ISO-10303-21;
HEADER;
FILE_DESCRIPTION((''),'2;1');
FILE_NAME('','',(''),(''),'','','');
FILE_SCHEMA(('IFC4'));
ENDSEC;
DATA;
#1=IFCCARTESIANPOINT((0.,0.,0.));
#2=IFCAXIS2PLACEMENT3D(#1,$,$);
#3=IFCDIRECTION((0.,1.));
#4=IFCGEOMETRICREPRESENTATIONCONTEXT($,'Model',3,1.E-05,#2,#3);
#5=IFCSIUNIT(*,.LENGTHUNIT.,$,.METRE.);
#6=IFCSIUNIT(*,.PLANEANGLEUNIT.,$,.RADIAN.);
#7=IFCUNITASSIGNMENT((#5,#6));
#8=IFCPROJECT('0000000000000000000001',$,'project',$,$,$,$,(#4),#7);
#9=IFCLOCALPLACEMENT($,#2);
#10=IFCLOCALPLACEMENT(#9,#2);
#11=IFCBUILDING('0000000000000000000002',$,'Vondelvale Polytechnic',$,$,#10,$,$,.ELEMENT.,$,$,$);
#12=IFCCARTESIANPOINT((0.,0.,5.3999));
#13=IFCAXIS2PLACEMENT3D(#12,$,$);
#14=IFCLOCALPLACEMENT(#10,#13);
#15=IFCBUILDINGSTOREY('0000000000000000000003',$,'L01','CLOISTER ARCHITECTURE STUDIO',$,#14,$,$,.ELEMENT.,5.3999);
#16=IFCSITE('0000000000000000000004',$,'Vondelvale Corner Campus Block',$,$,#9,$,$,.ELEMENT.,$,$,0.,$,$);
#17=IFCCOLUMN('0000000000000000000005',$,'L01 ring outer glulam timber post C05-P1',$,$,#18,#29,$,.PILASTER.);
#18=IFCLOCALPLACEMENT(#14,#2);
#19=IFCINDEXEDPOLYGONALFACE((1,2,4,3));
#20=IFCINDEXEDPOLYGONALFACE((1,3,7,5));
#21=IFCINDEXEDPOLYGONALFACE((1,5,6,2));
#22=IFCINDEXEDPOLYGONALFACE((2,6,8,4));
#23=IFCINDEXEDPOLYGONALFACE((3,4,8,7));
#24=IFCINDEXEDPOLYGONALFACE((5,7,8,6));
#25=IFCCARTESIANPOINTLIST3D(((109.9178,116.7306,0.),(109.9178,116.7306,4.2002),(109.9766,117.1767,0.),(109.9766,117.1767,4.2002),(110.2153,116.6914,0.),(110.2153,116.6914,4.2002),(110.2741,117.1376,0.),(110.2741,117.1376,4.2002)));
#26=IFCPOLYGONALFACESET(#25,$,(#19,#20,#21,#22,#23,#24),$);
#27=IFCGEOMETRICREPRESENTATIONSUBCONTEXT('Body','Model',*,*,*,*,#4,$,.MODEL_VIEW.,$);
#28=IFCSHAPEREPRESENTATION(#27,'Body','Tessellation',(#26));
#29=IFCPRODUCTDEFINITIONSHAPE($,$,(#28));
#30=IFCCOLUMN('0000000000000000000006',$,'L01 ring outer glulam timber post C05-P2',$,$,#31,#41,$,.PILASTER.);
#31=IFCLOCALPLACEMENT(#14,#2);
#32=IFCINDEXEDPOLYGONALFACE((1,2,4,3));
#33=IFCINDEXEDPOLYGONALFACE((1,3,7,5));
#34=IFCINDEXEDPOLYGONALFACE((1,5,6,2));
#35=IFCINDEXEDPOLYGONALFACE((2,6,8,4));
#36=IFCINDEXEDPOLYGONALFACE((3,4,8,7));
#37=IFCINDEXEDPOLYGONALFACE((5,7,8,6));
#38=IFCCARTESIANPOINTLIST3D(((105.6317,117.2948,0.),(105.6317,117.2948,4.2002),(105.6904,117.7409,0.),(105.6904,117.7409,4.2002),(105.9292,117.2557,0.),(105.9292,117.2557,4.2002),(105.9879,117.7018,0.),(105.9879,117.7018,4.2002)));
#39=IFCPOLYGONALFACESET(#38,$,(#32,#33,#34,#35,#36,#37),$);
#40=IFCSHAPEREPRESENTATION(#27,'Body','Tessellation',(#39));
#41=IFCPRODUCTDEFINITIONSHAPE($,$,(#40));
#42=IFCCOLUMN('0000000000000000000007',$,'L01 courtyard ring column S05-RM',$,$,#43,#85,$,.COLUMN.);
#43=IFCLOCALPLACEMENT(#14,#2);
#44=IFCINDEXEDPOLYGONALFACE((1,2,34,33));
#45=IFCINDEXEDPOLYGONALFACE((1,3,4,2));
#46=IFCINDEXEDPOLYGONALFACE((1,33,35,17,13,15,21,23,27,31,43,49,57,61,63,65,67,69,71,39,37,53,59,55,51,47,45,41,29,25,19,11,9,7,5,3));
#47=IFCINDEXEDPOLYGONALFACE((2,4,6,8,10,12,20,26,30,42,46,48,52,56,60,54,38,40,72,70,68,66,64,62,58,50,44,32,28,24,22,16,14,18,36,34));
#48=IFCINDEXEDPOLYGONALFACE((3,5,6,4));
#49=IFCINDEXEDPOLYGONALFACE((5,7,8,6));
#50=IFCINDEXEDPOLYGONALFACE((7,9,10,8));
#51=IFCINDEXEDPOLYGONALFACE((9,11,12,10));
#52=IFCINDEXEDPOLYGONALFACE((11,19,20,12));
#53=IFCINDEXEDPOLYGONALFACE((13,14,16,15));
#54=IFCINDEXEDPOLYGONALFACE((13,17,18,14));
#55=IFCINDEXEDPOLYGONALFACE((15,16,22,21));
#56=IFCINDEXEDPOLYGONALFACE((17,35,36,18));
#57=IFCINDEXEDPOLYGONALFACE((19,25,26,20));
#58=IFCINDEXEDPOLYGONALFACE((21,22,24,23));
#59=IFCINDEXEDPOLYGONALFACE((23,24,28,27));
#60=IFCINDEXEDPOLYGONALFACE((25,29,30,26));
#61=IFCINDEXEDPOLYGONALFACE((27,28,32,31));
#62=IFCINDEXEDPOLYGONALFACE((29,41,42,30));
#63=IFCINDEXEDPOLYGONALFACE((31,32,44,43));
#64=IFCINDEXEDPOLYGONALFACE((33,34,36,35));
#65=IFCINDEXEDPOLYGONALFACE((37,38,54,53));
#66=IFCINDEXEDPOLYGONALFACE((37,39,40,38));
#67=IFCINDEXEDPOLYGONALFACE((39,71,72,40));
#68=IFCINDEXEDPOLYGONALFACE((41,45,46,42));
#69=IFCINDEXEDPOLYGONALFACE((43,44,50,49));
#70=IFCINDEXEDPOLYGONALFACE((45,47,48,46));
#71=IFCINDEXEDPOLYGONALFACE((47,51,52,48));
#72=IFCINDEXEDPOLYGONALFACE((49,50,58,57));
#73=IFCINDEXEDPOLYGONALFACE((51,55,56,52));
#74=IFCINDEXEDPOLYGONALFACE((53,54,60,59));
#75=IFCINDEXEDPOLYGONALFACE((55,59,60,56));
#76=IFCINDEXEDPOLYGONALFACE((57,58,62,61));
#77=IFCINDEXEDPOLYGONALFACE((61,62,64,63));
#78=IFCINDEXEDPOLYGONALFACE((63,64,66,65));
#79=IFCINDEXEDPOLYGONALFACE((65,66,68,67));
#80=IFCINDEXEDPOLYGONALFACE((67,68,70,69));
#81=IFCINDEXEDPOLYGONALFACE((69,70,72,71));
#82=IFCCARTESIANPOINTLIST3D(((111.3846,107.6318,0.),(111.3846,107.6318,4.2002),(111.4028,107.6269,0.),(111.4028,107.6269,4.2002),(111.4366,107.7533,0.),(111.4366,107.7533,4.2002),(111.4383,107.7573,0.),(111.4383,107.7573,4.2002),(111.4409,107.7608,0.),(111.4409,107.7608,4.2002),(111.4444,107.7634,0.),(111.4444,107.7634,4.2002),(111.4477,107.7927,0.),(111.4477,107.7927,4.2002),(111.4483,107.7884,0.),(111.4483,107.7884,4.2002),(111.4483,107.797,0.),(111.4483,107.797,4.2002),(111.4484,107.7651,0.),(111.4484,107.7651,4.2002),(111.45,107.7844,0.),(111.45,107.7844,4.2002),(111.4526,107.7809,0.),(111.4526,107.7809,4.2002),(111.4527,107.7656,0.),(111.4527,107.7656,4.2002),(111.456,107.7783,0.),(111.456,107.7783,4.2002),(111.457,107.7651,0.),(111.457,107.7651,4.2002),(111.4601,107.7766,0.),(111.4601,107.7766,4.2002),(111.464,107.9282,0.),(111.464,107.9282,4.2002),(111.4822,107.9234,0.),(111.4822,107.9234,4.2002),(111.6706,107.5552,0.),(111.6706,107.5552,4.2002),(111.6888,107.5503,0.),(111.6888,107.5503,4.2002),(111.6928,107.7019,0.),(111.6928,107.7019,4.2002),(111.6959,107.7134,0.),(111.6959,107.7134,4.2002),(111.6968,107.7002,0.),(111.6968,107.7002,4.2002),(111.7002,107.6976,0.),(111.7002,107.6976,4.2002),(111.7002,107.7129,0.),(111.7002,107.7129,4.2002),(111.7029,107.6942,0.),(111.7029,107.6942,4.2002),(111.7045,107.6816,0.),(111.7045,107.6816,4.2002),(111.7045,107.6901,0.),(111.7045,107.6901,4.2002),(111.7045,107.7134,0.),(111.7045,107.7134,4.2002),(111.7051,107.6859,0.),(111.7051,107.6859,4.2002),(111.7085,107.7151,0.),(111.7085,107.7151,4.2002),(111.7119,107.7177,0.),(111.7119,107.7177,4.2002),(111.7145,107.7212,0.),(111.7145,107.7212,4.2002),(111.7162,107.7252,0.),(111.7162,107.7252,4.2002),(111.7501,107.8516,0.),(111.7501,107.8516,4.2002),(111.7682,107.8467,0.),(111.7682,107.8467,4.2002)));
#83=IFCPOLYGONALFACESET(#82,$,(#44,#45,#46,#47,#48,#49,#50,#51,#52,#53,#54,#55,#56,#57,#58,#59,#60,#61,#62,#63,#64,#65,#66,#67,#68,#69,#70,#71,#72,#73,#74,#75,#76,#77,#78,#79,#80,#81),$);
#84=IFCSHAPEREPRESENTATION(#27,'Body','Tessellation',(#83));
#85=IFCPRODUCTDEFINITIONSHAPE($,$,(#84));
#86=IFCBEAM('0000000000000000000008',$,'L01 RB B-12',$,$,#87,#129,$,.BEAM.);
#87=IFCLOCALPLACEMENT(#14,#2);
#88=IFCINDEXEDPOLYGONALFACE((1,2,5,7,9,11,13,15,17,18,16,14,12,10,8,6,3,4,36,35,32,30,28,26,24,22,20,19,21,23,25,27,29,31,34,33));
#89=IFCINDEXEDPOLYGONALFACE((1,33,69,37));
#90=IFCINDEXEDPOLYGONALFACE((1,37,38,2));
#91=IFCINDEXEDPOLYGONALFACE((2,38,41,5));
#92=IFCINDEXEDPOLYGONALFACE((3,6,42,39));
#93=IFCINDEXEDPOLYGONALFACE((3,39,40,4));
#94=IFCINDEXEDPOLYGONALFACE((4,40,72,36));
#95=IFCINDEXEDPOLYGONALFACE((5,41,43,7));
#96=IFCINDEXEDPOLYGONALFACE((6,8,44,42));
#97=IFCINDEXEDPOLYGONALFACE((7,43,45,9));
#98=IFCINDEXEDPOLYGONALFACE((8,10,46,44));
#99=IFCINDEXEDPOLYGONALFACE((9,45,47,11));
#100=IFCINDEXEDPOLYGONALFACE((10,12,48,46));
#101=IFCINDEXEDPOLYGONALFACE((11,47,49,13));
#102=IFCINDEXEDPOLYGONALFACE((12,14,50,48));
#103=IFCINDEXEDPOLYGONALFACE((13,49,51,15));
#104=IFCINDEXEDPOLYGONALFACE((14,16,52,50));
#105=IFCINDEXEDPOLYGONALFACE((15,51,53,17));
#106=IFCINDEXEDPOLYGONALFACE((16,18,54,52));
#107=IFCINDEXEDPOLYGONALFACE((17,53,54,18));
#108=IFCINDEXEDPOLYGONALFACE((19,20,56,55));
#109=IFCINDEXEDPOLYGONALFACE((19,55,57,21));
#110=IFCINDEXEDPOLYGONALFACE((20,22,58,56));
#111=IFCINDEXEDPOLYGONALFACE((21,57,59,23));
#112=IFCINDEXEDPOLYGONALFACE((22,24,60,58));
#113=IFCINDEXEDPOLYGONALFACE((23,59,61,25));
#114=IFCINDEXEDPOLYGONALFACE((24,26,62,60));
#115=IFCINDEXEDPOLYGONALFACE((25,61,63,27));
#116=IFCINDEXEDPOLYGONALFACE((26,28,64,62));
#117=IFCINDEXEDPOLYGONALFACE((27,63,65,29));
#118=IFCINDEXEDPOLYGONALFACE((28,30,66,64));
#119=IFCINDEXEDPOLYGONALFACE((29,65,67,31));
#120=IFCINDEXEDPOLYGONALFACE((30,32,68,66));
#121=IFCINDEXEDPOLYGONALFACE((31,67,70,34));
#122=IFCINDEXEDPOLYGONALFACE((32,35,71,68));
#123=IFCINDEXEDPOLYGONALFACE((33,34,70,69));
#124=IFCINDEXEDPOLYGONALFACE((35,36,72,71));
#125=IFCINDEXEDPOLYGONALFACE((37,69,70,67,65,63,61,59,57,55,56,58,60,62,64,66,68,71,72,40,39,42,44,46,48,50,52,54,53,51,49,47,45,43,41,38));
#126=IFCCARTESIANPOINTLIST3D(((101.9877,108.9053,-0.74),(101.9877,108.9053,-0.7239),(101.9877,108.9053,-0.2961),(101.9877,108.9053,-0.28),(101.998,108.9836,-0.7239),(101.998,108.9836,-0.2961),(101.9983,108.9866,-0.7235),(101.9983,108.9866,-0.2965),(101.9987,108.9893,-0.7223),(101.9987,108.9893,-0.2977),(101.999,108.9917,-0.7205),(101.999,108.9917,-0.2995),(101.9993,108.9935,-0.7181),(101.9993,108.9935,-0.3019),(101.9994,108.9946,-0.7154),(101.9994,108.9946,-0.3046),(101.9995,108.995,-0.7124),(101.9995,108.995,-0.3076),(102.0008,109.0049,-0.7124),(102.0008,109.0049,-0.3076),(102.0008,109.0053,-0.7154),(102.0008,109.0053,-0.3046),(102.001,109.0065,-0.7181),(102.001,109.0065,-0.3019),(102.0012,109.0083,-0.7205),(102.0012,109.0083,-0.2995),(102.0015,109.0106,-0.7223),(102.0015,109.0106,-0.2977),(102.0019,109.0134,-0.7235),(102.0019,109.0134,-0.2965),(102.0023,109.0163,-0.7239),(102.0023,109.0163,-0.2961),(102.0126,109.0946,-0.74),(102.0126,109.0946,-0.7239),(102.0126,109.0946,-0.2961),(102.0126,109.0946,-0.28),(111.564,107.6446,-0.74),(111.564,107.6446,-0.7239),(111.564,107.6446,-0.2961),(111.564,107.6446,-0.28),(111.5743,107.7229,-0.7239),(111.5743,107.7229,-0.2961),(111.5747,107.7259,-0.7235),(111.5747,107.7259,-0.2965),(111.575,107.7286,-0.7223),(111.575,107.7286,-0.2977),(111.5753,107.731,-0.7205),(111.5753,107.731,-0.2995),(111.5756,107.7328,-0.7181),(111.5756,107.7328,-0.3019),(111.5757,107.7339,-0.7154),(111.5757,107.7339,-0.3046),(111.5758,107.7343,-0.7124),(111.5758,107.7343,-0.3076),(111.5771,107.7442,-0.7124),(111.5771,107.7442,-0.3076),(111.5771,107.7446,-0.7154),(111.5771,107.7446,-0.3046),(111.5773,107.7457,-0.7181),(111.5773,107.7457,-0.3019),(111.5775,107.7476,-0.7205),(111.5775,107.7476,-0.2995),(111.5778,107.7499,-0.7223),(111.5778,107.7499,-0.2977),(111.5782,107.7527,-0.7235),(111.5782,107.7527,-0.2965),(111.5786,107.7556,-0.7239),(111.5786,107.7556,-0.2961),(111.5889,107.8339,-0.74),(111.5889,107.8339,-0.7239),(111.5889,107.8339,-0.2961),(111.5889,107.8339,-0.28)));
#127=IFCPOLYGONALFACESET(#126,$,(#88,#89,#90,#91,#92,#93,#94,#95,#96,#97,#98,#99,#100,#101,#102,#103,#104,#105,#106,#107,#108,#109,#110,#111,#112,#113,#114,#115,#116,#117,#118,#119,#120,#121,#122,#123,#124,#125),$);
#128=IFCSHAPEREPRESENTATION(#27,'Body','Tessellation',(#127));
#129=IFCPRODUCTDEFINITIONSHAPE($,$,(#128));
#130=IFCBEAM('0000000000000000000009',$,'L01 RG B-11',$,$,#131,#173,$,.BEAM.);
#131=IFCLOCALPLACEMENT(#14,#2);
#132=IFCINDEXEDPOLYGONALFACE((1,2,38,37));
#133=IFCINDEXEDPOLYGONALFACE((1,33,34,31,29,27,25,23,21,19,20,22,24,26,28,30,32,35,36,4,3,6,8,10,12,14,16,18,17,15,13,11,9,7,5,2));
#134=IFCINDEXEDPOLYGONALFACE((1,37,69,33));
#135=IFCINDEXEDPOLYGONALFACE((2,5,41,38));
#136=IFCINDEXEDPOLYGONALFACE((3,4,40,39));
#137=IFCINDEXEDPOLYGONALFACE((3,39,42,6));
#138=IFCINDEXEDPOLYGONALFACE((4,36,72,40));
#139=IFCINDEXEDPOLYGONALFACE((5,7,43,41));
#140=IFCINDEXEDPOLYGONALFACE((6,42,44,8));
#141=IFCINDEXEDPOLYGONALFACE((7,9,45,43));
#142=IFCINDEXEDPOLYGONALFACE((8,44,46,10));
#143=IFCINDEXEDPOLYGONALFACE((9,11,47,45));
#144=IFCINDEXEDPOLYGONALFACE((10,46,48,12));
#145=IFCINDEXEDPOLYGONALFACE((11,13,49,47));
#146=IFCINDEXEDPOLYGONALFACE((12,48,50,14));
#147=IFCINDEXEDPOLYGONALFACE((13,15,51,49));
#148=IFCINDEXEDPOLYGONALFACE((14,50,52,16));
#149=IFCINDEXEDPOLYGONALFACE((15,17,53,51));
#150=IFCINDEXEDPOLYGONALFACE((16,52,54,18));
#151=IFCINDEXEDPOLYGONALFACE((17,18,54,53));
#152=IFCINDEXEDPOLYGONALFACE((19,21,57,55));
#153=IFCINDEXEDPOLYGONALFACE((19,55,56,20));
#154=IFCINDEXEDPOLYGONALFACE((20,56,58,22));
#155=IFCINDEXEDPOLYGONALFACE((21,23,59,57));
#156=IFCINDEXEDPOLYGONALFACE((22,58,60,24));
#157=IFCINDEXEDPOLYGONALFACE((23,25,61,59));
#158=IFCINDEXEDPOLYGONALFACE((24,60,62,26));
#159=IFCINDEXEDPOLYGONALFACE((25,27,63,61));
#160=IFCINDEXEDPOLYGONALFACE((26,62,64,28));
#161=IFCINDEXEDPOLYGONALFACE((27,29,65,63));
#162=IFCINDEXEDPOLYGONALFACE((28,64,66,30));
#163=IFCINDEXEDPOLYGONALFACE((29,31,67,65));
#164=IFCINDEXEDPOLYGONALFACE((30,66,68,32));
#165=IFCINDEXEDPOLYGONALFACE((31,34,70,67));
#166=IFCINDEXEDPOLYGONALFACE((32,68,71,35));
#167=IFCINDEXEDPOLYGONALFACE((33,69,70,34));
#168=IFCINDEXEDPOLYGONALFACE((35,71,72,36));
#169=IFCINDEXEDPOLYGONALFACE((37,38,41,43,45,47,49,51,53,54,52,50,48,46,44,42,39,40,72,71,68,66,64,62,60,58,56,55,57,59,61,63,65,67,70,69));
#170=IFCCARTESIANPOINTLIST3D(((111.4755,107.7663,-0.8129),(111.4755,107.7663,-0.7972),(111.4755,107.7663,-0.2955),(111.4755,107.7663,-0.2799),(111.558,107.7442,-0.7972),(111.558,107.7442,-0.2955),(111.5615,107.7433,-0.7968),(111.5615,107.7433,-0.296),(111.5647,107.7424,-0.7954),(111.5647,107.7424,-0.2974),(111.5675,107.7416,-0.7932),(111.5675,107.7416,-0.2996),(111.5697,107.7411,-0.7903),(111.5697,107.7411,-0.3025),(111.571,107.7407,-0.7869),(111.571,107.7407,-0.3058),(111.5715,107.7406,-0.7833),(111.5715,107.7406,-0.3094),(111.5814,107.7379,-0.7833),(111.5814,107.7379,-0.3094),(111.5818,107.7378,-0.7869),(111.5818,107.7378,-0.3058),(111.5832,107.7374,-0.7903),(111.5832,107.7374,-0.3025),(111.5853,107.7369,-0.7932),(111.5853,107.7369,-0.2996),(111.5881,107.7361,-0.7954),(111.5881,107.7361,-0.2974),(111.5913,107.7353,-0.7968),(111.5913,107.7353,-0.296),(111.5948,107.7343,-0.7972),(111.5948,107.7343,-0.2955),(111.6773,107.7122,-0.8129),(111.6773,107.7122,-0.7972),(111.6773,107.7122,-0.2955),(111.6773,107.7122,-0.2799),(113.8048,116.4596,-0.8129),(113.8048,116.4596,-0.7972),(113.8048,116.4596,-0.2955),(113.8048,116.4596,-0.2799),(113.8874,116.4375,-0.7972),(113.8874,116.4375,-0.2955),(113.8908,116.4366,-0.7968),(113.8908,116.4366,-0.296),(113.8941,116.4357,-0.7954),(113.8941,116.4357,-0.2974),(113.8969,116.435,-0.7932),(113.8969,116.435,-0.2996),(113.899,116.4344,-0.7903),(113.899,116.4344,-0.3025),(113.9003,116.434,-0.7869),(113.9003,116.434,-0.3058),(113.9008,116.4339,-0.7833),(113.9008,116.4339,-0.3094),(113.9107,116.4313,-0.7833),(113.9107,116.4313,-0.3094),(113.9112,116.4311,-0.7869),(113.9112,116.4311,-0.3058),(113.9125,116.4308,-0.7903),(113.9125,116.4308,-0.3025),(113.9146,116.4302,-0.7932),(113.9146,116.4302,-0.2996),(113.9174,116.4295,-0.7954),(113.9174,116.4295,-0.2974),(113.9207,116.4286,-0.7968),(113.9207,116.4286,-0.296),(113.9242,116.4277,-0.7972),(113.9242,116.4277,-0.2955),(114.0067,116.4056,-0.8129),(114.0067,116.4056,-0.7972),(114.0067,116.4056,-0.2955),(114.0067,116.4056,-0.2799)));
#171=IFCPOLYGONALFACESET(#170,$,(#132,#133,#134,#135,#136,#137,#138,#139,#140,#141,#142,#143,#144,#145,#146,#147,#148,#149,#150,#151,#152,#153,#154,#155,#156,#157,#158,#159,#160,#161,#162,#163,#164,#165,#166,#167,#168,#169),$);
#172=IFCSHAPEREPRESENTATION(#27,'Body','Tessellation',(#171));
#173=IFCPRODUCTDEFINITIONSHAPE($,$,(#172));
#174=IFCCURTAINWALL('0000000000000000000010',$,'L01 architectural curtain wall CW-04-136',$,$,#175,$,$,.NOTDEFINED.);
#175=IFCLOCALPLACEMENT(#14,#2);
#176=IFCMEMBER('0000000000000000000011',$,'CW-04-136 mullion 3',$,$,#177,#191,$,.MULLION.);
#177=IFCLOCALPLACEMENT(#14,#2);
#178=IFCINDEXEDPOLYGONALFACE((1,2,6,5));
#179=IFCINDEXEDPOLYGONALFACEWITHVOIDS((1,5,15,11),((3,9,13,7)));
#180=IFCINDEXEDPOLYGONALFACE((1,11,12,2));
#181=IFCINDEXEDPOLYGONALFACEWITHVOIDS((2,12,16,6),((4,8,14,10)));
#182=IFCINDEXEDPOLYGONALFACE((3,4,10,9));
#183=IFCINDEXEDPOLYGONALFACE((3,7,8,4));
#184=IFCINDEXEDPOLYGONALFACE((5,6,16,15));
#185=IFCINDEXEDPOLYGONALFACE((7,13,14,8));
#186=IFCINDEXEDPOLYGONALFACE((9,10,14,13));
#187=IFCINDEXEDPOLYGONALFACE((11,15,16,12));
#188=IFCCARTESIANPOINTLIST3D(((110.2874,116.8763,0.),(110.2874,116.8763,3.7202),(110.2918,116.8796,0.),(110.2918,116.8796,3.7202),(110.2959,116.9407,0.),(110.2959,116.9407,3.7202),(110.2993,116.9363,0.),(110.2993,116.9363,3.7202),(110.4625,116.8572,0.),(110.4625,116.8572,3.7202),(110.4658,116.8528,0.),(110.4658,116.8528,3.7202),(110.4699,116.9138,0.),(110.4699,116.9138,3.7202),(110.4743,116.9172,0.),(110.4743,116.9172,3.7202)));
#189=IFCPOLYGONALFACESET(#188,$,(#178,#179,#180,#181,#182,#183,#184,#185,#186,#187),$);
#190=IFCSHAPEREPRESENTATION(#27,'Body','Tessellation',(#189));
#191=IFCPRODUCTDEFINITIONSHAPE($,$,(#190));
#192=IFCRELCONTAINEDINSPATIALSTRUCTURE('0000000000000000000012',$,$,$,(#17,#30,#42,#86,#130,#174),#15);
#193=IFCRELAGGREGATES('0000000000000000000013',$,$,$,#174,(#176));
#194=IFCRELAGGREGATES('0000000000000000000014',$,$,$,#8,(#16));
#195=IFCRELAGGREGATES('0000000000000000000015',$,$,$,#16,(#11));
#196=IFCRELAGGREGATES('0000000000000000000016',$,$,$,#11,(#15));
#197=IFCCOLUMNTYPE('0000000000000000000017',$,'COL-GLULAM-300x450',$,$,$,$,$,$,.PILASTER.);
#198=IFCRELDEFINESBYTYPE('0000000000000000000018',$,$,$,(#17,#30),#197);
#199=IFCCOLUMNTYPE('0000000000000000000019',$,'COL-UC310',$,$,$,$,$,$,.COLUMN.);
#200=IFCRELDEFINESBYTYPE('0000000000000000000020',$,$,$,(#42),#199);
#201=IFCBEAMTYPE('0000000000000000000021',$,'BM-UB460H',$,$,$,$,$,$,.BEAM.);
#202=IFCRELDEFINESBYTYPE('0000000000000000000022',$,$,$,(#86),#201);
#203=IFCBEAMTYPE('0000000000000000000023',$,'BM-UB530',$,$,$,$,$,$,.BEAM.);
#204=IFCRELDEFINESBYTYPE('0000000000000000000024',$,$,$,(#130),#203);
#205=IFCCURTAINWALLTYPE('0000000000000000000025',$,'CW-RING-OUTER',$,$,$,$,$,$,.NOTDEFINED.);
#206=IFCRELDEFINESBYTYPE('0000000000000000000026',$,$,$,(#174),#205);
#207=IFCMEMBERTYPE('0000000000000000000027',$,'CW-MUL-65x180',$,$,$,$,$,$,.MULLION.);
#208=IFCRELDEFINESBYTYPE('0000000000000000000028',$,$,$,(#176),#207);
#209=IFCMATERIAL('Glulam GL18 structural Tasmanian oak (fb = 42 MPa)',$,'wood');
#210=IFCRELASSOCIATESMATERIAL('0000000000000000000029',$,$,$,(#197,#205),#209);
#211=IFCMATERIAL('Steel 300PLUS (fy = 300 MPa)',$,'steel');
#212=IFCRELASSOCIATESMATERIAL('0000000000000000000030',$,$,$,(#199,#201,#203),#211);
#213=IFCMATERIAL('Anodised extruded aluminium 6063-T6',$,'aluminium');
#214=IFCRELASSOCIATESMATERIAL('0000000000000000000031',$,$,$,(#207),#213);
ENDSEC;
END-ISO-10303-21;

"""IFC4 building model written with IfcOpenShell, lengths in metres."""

from ifc_helpers import new_model, si_unit, direction, frame, origin, origin_2d, place, context, subcontext, project, spatial, rectangle, hollow_rectangle, i_section, extrude, material, material_profile, profile_set, type_object, element, aggregate, save


model = new_model("IFC4")

# Units and contexts
model_context = context("Model", 3, precision=1e-05, world=origin(), true_north=direction((0.0, 1.0)))
body_context = subcontext(model_context, "Body", "Model", "MODEL_VIEW")
ifc_project = project(units=[si_unit("LENGTHUNIT", "METRE"), si_unit("PLANEANGLEUNIT", "RADIAN")], contexts=[model_context])

# Site, building, storey
site_placement = place(None, origin())
site = spatial("IfcSite", under=ifc_project, at=site_placement, Name="Vondelvale Corner Campus Block", CompositionType="ELEMENT", RefElevation=0.0)
building_placement = place(site_placement, origin())
building = spatial("IfcBuilding", under=site, at=building_placement, Name="Vondelvale Polytechnic", CompositionType="ELEMENT")
storey_placement = place(building_placement, frame((0.0, 0.0, 5.3999)))
storey = spatial("IfcBuildingStorey", under=building, at=storey_placement, Name="L01", Description="CLOISTER ARCHITECTURE STUDIO", CompositionType="ELEMENT", Elevation=5.3999)

# Columns
ifc_material_1 = material(Name="Glulam GL18 structural Tasmanian oak (fb = 42 MPa)", Category="wood")
ifc_material_profile_1 = material_profile(ifc_material_1, rectangle(XDim=0.3, YDim=0.45, at=origin_2d()), Name="GL-POST-300x450")
ifc_profile_set_1 = profile_set([ifc_material_profile_1], Name="Glulam GL18 structural Tasmanian oak (fb = 42 MPa)")
column_type_1 = type_object("IfcColumnType", Name="COL-GLULAM-300x450", PredefinedType="PILASTER", material=ifc_profile_set_1)
for number, where, z_axis, x_axis, name in (
    (1, (110.0959, 116.9341, 0.0), (0.0, 0.0, 1.0), (-0.991445, 0.130526, 0.0), "L01 ring outer glulam timber post C05-P1"),
    (2, (105.8098, 117.4983, 0.0), (0.0, 0.0, 1.0), (-0.991445, 0.130526, 0.0), "L01 ring outer glulam timber post C05-P2"),
):
    element("IfcColumn", number, at=place(storey_placement, frame(where, z_axis=z_axis, x_axis=x_axis)), inside=storey, type_object=column_type_1, Name=name, PredefinedType="PILASTER", context=body_context, shape_type="SweptSolid", body=[
        extrude(rectangle(XDim=0.3, YDim=0.45, at=origin_2d()), origin(), (0.0, 0.0, 1.0), 4.2002),
    ])
ifc_material_2 = material(Name="Steel 300PLUS (fy = 300 MPa)", Category="steel")
ifc_material_profile_2 = material_profile(ifc_material_2, i_section(OverallWidth=0.3069, OverallDepth=0.3149, WebThickness=0.012, FlangeThickness=0.0188, FilletRadius=0.0166, at=origin_2d()), Name="310UC118")
ifc_profile_set_2 = profile_set([ifc_material_profile_2], Name="Steel 300PLUS (fy = 300 MPa)")
column_type_2 = type_object("IfcColumnType", Name="COL-UC310", PredefinedType="COLUMN", material=ifc_profile_set_2)
column_placement = place(storey_placement, frame((111.5764, 107.7393, 0.0), z_axis=(0.0, 0.0, 1.0), x_axis=(0.258819, 0.965926, 0.0)))
element("IfcColumn", 3, at=column_placement, inside=storey, type_object=column_type_2, Name="L01 courtyard ring column S05-RM", PredefinedType="COLUMN", context=body_context, shape_type="SweptSolid", body=[
    extrude(i_section(OverallWidth=0.3069, OverallDepth=0.3149, WebThickness=0.012, FlangeThickness=0.0188, FilletRadius=0.0166, at=origin_2d()), origin(), (0.0, 0.0, 1.0), 4.2002),
])

# Beams
ifc_material_profile_3 = material_profile(ifc_material_2, i_section(OverallWidth=0.1909, OverallDepth=0.46, WebThickness=0.01, FlangeThickness=0.0161, FilletRadius=0.0115, at=origin_2d()), Name="460UB82.1")
ifc_profile_set_3 = profile_set([ifc_material_profile_3], Name="Steel 300PLUS (fy = 300 MPa)")
beam_type_1 = type_object("IfcBeamType", Name="BM-UB460H", PredefinedType="BEAM", material=ifc_profile_set_3)
beam_1_placement = place(storey_placement, frame((111.5764, 107.7393, -0.51), z_axis=(-0.991445, 0.130524, 0.0), x_axis=(-0.130524, -0.991445, 0.0)))
element("IfcBeam", 4, at=beam_1_placement, inside=storey, type_object=beam_type_1, Name="L01 RB B-12", PredefinedType="BEAM", context=body_context, shape_type="SweptSolid", body=[
    extrude(i_section(OverallWidth=0.1909, OverallDepth=0.46, WebThickness=0.01, FlangeThickness=0.0161, FilletRadius=0.0115, at=origin_2d()), origin(), (0.0, 0.0, 1.0), 9.6589),
])
ifc_material_profile_4 = material_profile(ifc_material_2, i_section(OverallWidth=0.209, OverallDepth=0.533, WebThickness=0.0103, FlangeThickness=0.0156, FilletRadius=0.0139, at=origin_2d()), Name="530UB92.4")
ifc_profile_set_4 = profile_set([ifc_material_profile_4], Name="Steel 300PLUS (fy = 300 MPa)")
beam_type_2 = type_object("IfcBeamType", Name="BM-UB530", PredefinedType="BEAM", material=ifc_profile_set_4)
beam_2_placement = place(storey_placement, frame((111.5764, 107.7393, -0.5464), z_axis=(0.258816, 0.965927, 0.0), x_axis=(-0.965927, 0.258816, 0.0)))
element("IfcBeam", 5, at=beam_2_placement, inside=storey, type_object=beam_type_2, Name="L01 RG B-11", PredefinedType="BEAM", context=body_context, shape_type="SweptSolid", body=[
    extrude(i_section(OverallWidth=0.209, OverallDepth=0.533, WebThickness=0.0103, FlangeThickness=0.0156, FilletRadius=0.0139, at=origin_2d()), origin(), (0.0, 0.0, 1.0), 9.0),
])

# Curtain wall, member
curtain_wall_type = type_object("IfcCurtainWallType", Name="CW-RING-OUTER", PredefinedType="NOTDEFINED", material=ifc_material_1)
curtain_wall_1_placement = place(storey_placement, origin())
curtain_wall_1 = element("IfcCurtainWall", 6, at=curtain_wall_1_placement, inside=storey, type_object=curtain_wall_type, Name="L01 architectural curtain wall CW-04-136", PredefinedType="NOTDEFINED")
ifc_material_3 = material(Name="Anodised extruded aluminium 6063-T6", Category="aluminium")
ifc_material_profile_5 = material_profile(ifc_material_3, hollow_rectangle(XDim=0.0649, YDim=0.1799, WallThickness=0.0039, at=origin_2d()), Name="CW-MUL-180x65")
ifc_profile_set_5 = profile_set([ifc_material_profile_5], Name="Anodised extruded aluminium 6063-T6")
member_type_1 = type_object("IfcMemberType", Name="CW-MUL-65x180", PredefinedType="MULLION", material=ifc_profile_set_5)
member_1_placement = place(storey_placement, frame((110.3809, 116.8967, 0.0), z_axis=(0.0, 0.0, 1.0), x_axis=(-0.13054, -0.991443, 0.0)))
member_1 = element("IfcMember", 7, at=member_1_placement, type_object=member_type_1, Name="CW-04-136 mullion 3", PredefinedType="MULLION", context=body_context, shape_type="SweptSolid", body=[
    extrude(hollow_rectangle(XDim=0.0649, YDim=0.1799, WallThickness=0.0039, at=origin_2d()), origin(), (0.0, 0.0, 1.0), 3.7202),
])

aggregate(curtain_wall_1, [member_1])

save(model, "model.ifc")
